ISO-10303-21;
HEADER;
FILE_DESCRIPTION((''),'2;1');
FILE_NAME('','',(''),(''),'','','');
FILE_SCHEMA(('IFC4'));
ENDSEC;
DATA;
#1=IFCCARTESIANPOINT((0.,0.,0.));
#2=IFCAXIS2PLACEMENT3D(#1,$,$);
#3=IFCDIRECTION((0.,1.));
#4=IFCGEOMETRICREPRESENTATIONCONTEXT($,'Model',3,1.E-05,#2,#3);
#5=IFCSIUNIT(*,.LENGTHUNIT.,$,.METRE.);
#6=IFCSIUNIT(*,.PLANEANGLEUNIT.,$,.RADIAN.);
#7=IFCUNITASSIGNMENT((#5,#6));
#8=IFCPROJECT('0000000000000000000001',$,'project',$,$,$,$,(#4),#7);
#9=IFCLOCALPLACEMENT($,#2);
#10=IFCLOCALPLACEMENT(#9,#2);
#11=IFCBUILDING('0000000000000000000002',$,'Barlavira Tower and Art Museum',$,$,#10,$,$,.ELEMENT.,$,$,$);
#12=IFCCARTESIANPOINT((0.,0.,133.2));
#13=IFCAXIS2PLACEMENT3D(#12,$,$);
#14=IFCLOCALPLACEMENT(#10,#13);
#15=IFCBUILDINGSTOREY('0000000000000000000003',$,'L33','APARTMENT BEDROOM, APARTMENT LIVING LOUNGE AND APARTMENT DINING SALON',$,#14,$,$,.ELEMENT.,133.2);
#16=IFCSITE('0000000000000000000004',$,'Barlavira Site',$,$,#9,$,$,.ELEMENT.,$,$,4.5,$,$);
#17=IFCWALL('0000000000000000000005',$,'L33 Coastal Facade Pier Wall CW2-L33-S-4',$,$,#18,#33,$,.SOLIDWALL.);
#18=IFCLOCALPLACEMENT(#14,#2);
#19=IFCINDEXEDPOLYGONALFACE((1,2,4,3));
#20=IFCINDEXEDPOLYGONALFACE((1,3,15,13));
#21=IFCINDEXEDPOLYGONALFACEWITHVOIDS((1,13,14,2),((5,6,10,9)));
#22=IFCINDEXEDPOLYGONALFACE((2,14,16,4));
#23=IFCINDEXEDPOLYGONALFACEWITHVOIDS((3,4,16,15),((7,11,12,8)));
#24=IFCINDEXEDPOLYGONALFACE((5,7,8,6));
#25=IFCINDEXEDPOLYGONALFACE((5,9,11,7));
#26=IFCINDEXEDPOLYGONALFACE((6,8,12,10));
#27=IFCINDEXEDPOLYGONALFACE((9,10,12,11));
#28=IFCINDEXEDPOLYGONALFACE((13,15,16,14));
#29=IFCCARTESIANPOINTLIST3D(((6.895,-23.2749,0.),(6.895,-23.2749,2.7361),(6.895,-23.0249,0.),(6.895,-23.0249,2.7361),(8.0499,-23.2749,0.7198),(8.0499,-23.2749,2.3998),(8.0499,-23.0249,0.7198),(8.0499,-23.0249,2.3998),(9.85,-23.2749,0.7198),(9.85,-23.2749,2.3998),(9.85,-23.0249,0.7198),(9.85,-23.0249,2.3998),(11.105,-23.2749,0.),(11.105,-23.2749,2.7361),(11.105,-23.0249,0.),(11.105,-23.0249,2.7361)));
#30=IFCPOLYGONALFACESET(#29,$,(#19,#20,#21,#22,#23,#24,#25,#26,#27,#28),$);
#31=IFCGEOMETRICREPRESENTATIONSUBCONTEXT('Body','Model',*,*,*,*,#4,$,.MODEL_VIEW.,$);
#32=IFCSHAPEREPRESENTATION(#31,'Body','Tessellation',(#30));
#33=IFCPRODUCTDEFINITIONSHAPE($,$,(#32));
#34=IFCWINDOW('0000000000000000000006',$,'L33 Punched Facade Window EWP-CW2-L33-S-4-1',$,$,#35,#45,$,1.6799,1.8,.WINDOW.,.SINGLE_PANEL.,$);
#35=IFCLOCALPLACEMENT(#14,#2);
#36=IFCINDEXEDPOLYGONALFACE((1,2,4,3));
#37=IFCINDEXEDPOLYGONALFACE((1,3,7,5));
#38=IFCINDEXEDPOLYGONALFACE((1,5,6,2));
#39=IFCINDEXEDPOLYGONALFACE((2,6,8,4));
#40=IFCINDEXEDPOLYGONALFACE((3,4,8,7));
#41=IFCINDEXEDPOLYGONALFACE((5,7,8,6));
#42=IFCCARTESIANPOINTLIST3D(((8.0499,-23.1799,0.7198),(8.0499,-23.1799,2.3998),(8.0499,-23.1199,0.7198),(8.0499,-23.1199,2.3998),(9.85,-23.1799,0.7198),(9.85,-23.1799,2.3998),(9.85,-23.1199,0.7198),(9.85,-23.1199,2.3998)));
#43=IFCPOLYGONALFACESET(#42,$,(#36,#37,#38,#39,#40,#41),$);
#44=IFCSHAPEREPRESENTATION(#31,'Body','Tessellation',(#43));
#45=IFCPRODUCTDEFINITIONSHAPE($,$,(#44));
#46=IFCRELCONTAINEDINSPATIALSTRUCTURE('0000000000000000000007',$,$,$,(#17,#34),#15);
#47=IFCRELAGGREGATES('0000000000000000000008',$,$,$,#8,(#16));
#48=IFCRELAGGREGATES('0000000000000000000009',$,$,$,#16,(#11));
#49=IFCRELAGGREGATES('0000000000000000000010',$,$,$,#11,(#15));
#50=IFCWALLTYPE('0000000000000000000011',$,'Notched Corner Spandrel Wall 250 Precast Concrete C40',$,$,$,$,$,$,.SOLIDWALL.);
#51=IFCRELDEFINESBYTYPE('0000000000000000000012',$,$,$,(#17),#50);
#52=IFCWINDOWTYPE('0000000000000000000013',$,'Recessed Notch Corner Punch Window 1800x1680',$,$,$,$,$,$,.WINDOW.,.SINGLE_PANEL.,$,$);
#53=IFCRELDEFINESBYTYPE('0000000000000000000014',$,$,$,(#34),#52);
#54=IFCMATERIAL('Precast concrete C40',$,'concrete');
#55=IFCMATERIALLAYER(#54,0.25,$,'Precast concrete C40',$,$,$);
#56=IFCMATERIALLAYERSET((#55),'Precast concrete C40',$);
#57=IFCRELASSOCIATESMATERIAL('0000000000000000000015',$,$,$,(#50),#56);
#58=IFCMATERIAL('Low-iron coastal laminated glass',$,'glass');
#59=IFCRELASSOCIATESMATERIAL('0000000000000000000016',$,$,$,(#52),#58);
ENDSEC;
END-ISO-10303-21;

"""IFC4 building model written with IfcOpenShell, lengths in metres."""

from ifc_helpers import new_model, si_unit, direction, frame, frame_2d, origin, place, context, subcontext, project, spatial, rectangle, extrude, material, layer, layer_set, type_object, element, fill, save


model = new_model("IFC4")

# Units and contexts
model_context = context("Model", 3, precision=1e-05, world=origin(), true_north=direction((0.0, 1.0)))
body_context = subcontext(model_context, "Body", "Model", "MODEL_VIEW")
ifc_project = project(units=[si_unit("LENGTHUNIT", "METRE"), si_unit("PLANEANGLEUNIT", "RADIAN")], contexts=[model_context])

# Site, building, storey
site_placement = place(None, origin())
site = spatial("IfcSite", under=ifc_project, at=site_placement, Name="Barlavira Site", CompositionType="ELEMENT", RefElevation=4.5)
building_placement = place(site_placement, origin())
building = spatial("IfcBuilding", under=site, at=building_placement, Name="Barlavira Tower and Art Museum", CompositionType="ELEMENT")
storey_placement = place(building_placement, frame((0.0, 0.0, 133.2)))
storey = spatial("IfcBuildingStorey", under=building, at=storey_placement, Name="L33", Description="APARTMENT BEDROOM, APARTMENT LIVING LOUNGE AND APARTMENT DINING SALON", CompositionType="ELEMENT", Elevation=133.2)

# Wall, opening, window
ifc_material_1 = material(Name="Precast concrete C40", Category="concrete")
ifc_layer_1 = layer(ifc_material_1, 0.25, Name="Precast concrete C40")
ifc_layer_set_1 = layer_set([ifc_layer_1], Name="Precast concrete C40")
wall_type_1 = type_object("IfcWallType", Name="Notched Corner Spandrel Wall 250 Precast Concrete C40", PredefinedType="SOLIDWALL", material=ifc_layer_set_1)
wall_1_placement = place(storey_placement, frame((6.895, -23.1499, 0.0), z_axis=(0.0, 0.0, 1.0), x_axis=(1.0, 0.0, 0.0)))
wall_1 = element("IfcWall", 1, at=wall_1_placement, inside=storey, type_object=wall_type_1, Name="L33 Coastal Facade Pier Wall CW2-L33-S-4", PredefinedType="SOLIDWALL", context=body_context, shape_type="SweptSolid", body=[
    extrude(rectangle(XDim=4.21, YDim=0.25, at=frame_2d((2.105, 0.0))), origin(), (0.0, 0.0, 1.0), 2.7361),
])
opening_1_placement = place(wall_1_placement, frame((1.155, 0.0, 0.72)))
opening_1 = element("IfcOpeningElement", 2, at=opening_1_placement, cuts=wall_1, PredefinedType="OPENING", context=body_context, shape_type="SweptSolid", body=[
    extrude(rectangle(XDim=1.8, YDim=1.6799, at=frame_2d((0.8999, 0.8398))), frame((0.0, 0.135, 0.0), z_axis=(0.0, -1.0, 0.0), x_axis=(1.0, 0.0, 0.0)), (0.0, 0.0, 1.0), 0.27),
])
ifc_material_2 = material(Name="Low-iron coastal laminated glass", Category="glass")
window_type = type_object("IfcWindowType", Name="Recessed Notch Corner Punch Window 1800x1680", PartitioningType="SINGLE_PANEL", PredefinedType="WINDOW", material=ifc_material_2)
window_placement = place(opening_1_placement, origin())
window = element("IfcWindow", 3, at=window_placement, inside=storey, type_object=window_type, Name="L33 Punched Facade Window EWP-CW2-L33-S-4-1", OverallHeight=1.6799, OverallWidth=1.8, PartitioningType="SINGLE_PANEL", PredefinedType="WINDOW", context=body_context, shape_type="SweptSolid", body=[
    extrude(rectangle(XDim=1.8, YDim=1.6799, at=frame_2d((0.8999, 0.8398))), frame((0.0, 0.03, 0.0), z_axis=(0.0, -1.0, 0.0), x_axis=(1.0, 0.0, 0.0)), (0.0, 0.0, 1.0), 0.0601),
])
fill(opening_1, window)

save(model, "model.ifc")
